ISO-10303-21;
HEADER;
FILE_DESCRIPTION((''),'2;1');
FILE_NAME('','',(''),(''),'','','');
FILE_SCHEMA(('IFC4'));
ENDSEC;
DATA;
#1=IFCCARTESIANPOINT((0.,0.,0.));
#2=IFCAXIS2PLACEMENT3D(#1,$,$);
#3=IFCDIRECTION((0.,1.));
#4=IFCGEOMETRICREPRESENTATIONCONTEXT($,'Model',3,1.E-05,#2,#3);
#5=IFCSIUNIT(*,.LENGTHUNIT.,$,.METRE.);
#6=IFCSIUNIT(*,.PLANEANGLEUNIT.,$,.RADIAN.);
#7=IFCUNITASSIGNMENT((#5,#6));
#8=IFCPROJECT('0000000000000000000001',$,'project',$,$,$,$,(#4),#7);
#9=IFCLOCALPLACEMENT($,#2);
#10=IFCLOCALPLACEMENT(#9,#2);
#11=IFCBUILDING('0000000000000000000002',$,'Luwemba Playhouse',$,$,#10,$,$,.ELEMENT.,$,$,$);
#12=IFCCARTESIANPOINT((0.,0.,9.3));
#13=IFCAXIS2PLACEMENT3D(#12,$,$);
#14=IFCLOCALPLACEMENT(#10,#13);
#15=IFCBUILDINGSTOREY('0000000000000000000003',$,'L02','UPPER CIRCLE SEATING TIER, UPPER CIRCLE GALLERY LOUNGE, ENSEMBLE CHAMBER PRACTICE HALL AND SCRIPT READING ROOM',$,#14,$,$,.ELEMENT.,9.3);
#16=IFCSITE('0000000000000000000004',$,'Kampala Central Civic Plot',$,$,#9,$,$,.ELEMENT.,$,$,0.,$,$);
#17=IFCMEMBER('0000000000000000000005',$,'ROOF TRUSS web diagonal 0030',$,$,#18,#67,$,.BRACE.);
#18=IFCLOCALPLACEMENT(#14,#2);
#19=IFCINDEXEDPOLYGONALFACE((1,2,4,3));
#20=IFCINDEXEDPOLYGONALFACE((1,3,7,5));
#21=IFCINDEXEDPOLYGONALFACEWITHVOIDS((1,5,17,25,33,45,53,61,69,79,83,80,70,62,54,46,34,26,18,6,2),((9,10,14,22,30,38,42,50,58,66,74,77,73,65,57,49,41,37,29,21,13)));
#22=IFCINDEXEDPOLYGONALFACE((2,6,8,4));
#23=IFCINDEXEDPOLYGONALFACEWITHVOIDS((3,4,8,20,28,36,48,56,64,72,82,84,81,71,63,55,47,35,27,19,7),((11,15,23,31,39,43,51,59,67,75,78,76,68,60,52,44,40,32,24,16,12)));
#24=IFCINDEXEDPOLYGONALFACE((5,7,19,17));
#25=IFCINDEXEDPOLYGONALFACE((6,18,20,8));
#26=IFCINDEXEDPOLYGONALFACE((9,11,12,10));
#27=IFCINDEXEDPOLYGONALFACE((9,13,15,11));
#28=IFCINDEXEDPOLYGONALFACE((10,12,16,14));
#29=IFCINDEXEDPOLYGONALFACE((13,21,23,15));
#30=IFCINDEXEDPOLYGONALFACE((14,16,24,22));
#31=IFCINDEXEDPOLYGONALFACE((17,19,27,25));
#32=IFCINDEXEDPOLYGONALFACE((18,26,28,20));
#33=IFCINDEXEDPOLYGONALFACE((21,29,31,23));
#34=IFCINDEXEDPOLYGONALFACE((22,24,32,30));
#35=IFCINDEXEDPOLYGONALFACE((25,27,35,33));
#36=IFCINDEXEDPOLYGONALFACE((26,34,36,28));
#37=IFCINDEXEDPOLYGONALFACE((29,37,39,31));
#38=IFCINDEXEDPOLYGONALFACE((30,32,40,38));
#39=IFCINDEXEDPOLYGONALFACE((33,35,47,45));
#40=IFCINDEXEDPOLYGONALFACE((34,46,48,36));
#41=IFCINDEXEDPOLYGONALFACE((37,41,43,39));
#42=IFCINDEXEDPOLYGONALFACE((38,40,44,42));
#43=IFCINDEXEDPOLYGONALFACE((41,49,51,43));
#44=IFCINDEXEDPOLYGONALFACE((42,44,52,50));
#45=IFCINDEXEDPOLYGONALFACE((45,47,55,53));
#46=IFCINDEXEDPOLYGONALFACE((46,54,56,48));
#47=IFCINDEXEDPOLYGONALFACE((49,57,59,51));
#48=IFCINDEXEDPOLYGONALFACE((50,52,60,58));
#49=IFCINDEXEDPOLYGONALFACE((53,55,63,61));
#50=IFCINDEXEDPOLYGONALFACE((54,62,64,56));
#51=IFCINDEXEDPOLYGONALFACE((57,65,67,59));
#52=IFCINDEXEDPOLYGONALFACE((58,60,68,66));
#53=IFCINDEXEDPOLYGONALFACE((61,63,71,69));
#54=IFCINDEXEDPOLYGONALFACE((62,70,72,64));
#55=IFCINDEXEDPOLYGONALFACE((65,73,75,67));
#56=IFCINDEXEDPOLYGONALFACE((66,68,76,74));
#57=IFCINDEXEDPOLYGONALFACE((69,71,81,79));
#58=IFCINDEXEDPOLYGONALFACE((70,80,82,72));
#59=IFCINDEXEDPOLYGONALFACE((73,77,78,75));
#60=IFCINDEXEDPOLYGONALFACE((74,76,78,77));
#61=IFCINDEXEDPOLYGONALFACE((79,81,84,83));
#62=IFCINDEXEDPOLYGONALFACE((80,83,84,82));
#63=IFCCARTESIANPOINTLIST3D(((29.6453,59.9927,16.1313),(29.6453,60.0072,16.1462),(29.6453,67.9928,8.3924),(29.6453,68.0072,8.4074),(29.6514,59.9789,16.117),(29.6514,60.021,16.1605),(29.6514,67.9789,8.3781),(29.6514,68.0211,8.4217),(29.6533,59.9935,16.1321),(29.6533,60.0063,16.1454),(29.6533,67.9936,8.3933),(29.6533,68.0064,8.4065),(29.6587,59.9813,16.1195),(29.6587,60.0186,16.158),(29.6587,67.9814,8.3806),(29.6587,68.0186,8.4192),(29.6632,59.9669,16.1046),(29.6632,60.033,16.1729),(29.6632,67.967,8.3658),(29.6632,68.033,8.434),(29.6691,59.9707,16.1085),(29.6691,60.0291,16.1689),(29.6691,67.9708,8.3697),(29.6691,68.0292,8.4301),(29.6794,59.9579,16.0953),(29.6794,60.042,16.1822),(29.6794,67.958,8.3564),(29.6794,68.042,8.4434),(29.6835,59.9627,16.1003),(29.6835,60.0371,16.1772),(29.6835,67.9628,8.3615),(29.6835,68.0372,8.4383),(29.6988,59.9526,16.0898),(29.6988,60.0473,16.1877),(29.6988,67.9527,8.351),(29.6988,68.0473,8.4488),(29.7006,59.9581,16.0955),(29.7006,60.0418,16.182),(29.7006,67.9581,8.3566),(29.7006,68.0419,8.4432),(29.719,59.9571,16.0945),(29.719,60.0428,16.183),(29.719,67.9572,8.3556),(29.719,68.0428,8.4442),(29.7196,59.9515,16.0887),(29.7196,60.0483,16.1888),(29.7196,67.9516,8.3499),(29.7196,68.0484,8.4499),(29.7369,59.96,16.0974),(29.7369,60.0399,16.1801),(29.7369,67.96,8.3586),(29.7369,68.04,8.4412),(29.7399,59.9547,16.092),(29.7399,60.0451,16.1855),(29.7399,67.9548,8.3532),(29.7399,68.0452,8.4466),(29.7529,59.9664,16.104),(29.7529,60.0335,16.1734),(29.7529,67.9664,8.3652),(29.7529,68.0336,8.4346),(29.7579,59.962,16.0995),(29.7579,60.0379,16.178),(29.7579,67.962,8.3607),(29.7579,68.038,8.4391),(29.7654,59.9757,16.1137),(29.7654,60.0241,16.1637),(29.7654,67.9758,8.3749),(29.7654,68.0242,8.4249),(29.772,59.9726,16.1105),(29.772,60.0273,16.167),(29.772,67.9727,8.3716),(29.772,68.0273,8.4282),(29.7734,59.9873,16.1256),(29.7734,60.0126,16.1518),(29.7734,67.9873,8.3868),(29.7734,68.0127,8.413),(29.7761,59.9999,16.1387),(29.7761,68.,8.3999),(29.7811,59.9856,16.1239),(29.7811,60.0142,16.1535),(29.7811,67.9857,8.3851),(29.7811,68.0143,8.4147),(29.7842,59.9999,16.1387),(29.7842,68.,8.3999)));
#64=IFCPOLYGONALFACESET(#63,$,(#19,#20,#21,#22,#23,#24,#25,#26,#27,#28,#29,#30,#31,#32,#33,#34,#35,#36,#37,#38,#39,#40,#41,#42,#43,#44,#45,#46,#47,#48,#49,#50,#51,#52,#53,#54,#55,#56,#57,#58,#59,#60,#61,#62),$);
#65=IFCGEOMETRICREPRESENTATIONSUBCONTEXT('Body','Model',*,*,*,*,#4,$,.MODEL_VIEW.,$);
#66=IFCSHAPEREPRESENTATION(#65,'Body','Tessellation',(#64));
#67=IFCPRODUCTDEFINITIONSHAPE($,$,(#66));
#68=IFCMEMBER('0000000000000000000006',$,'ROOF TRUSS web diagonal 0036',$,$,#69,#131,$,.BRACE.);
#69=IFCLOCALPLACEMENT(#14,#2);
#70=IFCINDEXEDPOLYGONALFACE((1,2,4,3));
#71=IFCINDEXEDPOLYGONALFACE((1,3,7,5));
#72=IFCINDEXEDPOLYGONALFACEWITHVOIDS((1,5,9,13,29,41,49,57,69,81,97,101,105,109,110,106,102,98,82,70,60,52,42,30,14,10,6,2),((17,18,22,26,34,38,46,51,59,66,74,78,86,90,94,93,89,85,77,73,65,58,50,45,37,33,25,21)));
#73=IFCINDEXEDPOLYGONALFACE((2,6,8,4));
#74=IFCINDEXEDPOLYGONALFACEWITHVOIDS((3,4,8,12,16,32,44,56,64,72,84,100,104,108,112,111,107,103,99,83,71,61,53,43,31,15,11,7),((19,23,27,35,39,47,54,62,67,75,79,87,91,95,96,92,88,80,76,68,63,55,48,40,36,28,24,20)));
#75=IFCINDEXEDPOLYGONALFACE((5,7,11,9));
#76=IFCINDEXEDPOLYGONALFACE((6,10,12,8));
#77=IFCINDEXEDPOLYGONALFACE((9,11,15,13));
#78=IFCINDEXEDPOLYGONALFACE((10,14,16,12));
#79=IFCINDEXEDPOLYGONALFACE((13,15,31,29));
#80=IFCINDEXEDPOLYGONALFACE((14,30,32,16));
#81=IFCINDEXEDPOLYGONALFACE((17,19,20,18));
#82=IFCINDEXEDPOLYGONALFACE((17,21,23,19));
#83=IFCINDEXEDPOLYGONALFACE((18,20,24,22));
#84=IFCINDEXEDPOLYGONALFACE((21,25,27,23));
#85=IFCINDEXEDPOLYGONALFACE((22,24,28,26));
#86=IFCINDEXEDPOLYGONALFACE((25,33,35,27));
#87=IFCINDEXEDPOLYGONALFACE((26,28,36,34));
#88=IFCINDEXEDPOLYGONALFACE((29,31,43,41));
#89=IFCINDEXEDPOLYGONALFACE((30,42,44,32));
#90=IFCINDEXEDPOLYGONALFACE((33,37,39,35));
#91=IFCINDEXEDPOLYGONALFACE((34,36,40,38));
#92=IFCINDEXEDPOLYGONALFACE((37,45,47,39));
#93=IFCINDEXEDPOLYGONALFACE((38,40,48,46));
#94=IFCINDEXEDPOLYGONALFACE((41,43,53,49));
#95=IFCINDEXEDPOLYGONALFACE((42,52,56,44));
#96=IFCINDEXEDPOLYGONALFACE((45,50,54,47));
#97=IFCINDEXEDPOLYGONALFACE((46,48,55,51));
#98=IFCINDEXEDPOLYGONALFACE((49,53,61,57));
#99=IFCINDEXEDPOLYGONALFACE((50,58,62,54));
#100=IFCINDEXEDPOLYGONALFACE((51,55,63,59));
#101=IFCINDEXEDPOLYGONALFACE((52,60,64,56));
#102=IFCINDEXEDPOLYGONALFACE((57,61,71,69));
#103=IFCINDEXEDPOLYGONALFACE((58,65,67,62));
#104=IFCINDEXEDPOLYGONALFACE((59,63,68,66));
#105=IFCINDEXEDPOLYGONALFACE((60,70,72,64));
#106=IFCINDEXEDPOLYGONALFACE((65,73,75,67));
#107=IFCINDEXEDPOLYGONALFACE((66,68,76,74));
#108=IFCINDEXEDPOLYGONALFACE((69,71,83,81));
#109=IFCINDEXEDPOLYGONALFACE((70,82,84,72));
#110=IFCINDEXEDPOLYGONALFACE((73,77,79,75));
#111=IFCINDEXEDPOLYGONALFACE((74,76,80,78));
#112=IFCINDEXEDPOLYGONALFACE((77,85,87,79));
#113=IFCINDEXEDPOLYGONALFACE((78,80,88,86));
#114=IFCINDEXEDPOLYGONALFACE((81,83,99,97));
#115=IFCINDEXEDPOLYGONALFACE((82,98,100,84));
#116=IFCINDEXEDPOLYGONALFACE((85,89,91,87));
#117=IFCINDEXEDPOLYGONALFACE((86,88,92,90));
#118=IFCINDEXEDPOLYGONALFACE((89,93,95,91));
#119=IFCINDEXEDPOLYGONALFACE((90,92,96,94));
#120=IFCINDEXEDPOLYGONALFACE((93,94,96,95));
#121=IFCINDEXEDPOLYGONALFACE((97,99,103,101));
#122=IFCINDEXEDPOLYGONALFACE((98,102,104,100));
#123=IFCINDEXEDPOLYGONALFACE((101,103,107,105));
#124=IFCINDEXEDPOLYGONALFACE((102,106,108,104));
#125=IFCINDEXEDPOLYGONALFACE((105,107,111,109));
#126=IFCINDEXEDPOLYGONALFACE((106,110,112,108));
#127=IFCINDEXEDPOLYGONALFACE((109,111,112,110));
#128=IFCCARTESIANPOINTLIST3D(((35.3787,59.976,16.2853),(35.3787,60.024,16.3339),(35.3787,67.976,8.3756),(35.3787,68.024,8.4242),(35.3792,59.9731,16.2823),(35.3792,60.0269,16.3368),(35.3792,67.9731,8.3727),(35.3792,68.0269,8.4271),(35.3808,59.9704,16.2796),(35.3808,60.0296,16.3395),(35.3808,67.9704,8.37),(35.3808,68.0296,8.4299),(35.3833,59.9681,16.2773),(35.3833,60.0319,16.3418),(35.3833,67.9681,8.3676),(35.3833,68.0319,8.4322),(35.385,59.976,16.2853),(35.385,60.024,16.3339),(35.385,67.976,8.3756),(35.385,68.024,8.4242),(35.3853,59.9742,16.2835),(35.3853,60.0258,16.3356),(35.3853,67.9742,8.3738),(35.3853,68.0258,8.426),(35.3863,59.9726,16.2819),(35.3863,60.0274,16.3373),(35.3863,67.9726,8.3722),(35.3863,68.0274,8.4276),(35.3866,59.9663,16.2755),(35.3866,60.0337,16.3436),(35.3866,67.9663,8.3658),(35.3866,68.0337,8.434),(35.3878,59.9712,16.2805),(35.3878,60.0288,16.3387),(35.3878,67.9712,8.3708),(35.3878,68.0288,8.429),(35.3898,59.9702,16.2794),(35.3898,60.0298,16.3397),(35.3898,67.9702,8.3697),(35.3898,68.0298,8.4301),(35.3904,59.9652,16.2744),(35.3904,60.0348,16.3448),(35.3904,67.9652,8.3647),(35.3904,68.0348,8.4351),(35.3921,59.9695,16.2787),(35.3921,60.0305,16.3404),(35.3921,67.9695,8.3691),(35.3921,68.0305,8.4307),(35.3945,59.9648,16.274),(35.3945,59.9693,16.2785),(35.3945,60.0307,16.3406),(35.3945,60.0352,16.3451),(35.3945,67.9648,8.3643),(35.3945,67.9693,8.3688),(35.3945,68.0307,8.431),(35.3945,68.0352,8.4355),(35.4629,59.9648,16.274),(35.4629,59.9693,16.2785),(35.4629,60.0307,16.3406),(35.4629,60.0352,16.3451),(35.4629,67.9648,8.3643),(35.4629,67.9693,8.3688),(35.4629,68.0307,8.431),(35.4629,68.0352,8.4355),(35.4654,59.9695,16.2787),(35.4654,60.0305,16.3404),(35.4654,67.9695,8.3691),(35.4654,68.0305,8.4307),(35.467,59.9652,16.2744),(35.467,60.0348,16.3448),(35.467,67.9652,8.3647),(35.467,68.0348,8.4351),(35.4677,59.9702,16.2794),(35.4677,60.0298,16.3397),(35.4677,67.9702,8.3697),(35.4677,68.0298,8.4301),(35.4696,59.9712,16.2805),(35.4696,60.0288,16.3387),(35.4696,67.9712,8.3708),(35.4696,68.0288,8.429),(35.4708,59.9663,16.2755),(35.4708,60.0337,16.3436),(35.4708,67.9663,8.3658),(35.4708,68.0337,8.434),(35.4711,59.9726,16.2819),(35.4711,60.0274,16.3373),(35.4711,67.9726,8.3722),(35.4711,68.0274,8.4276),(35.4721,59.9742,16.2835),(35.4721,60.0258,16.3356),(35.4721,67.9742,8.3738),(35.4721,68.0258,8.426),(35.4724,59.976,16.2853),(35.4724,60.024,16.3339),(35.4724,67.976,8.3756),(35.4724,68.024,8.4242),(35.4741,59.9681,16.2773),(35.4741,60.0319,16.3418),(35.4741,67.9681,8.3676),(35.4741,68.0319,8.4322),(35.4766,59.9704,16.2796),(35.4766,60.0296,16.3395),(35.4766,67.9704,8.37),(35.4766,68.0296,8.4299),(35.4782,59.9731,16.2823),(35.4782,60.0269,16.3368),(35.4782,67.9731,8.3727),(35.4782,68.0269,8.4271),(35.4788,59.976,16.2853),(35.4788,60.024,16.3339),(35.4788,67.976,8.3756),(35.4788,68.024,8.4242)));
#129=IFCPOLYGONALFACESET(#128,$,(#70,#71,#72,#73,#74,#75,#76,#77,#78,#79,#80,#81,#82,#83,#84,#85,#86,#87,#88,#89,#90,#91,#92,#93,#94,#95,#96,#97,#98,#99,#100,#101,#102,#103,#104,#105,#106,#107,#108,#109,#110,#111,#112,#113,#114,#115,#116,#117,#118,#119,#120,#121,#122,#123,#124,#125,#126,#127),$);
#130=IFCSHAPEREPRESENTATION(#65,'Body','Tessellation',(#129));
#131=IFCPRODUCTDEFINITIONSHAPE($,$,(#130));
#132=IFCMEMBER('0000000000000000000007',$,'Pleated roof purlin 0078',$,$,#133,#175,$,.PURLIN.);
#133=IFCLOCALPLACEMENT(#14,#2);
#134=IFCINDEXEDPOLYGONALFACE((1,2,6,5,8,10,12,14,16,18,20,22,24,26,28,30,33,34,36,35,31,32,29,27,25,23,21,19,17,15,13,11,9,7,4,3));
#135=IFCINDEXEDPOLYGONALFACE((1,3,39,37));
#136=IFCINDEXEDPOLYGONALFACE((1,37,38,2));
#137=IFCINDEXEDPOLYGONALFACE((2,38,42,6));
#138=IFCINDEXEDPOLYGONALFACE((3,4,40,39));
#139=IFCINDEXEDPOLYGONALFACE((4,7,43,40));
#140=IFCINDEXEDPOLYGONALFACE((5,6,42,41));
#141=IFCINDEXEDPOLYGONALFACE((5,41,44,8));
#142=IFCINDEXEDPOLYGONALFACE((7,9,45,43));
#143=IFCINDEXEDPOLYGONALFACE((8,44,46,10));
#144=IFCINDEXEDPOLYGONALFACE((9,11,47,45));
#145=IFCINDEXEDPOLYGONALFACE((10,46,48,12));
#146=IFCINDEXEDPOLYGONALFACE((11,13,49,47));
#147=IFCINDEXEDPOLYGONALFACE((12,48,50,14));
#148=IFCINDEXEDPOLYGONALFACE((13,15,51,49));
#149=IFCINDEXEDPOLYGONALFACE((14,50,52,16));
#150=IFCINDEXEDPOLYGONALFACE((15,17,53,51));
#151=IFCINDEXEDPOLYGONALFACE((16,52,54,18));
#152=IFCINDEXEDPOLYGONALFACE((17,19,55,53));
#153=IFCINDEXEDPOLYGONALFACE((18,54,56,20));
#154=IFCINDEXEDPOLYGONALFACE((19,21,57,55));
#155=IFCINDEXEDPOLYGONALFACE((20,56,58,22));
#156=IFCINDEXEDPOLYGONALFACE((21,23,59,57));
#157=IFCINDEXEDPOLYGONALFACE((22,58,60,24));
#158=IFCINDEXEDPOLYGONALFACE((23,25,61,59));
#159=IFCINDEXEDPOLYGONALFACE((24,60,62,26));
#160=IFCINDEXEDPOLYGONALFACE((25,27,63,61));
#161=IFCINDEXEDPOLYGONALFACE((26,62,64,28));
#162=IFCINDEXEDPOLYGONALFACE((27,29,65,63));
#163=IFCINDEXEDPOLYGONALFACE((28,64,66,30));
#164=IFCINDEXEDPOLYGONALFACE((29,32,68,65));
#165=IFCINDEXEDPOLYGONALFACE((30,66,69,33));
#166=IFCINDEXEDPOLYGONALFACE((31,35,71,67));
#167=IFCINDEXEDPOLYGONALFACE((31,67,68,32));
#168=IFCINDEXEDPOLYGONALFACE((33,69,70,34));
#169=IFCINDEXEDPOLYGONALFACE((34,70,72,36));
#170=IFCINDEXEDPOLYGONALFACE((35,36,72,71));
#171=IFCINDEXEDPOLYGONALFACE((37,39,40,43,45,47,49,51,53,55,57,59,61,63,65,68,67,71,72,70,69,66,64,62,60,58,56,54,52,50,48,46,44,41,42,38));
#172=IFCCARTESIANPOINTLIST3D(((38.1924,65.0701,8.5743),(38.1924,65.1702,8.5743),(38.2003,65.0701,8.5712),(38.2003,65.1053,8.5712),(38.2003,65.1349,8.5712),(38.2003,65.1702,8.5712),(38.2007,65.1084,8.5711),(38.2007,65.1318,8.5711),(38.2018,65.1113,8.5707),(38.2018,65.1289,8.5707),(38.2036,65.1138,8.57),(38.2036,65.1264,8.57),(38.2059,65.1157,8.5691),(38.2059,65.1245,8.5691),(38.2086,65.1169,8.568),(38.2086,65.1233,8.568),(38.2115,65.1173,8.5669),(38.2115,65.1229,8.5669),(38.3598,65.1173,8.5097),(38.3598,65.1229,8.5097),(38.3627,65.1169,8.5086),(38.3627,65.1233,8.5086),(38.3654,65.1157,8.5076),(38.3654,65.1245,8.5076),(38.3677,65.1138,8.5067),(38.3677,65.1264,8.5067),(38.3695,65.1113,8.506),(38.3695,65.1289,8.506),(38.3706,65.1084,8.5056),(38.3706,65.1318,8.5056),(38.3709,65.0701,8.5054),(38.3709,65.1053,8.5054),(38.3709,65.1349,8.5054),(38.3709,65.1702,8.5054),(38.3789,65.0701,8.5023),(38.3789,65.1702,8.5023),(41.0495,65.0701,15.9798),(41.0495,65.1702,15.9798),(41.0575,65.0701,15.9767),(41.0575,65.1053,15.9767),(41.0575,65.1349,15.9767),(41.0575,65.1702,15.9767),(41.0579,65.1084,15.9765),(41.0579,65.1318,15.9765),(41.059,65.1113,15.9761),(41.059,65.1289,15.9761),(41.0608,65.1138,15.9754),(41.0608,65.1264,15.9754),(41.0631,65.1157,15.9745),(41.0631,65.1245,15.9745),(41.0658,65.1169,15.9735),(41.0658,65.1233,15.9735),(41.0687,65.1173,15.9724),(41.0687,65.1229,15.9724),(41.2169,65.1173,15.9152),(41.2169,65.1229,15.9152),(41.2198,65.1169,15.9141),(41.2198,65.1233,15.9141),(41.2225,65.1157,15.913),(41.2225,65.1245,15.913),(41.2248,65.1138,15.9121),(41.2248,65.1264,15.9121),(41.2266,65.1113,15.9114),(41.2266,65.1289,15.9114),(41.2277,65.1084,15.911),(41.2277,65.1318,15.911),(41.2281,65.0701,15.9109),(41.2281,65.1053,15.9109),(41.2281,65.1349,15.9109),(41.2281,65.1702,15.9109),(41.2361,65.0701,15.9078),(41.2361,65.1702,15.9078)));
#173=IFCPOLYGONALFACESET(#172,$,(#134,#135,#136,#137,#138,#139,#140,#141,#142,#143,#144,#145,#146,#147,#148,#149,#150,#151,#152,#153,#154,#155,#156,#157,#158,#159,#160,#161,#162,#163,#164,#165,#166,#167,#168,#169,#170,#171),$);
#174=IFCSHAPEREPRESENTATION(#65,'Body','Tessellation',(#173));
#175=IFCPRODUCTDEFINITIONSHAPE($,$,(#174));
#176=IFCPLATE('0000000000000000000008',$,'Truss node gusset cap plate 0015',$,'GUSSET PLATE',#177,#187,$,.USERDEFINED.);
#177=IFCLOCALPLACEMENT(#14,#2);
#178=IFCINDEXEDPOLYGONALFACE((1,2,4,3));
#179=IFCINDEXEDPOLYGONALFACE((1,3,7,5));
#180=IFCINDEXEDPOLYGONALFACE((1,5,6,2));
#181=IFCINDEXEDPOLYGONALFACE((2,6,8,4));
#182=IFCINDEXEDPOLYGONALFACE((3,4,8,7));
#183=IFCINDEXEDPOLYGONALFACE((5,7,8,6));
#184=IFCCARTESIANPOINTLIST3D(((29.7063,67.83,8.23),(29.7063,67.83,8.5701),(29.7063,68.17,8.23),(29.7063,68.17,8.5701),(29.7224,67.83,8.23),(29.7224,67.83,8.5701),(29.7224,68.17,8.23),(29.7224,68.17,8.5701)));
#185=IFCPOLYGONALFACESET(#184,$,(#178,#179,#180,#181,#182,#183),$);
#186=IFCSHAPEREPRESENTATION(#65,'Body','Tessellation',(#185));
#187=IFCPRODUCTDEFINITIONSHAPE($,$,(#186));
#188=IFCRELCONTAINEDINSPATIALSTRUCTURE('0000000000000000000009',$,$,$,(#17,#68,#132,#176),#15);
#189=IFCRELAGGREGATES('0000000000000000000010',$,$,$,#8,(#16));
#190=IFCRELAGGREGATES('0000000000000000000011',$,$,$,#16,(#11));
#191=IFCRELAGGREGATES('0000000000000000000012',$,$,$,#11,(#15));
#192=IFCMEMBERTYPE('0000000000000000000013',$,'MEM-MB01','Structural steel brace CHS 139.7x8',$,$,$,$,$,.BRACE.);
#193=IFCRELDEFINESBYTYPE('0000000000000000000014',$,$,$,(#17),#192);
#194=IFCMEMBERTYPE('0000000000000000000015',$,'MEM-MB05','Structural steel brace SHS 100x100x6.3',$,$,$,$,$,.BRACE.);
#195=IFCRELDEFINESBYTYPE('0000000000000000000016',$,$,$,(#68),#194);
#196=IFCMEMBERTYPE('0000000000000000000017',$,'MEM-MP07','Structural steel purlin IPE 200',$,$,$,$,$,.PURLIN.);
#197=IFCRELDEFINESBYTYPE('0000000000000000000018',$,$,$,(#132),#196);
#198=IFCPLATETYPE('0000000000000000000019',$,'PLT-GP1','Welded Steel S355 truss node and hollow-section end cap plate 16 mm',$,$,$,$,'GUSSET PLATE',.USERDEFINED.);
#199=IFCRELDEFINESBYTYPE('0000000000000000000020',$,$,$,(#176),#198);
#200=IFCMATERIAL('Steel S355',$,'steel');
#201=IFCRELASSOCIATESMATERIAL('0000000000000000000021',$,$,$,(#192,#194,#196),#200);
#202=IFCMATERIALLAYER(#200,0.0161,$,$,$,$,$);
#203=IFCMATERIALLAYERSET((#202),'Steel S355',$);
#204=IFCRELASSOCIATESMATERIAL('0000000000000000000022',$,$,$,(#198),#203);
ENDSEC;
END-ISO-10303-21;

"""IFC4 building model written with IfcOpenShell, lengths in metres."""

from ifc_helpers import new_model, si_unit, direction, frame, origin, origin_2d, place, context, subcontext, project, spatial, rectangle, hollow_rectangle, hollow_circle, i_section, extrude, material, layer, layer_set, material_profile, profile_set, type_object, element, save


model = new_model("IFC4")

# Units and contexts
model_context = context("Model", 3, precision=1e-05, world=origin(), true_north=direction((0.0, 1.0)))
body_context = subcontext(model_context, "Body", "Model", "MODEL_VIEW")
ifc_project = project(units=[si_unit("LENGTHUNIT", "METRE"), si_unit("PLANEANGLEUNIT", "RADIAN")], contexts=[model_context])

# Site, building, storey
site_placement = place(None, origin())
site = spatial("IfcSite", under=ifc_project, at=site_placement, Name="Kampala Central Civic Plot", CompositionType="ELEMENT", RefElevation=0.0)
building_placement = place(site_placement, origin())
building = spatial("IfcBuilding", under=site, at=building_placement, Name="Luwemba Playhouse", CompositionType="ELEMENT")
storey_placement = place(building_placement, frame((0.0, 0.0, 9.3)))
storey = spatial("IfcBuildingStorey", under=building, at=storey_placement, Name="L02", Description="UPPER CIRCLE SEATING TIER, UPPER CIRCLE GALLERY LOUNGE, ENSEMBLE CHAMBER PRACTICE HALL AND SCRIPT READING ROOM", CompositionType="ELEMENT", Elevation=9.3)

# Shared definitions
ifc_material_1 = material(Name="Steel S355", Category="steel")

# Members
ifc_material_profile_1 = material_profile(ifc_material_1, hollow_circle(Radius=0.0698, WallThickness=0.0081, at=origin_2d()))
ifc_profile_set_1 = profile_set([ifc_material_profile_1], Name="Steel S355")
member_type_1 = type_object("IfcMemberType", Name="MEM-MB01", Description="Structural steel brace CHS 139.7x8", PredefinedType="BRACE", material=ifc_profile_set_1)
member_1_placement = place(storey_placement, frame((29.7144, 68.0, 8.3999), z_axis=(0.0, -0.718744, 0.695275), x_axis=(1.0, 0.0, 0.0)))
element("IfcMember", 1, at=member_1_placement, inside=storey, type_object=member_type_1, Name="ROOF TRUSS web diagonal 0030", PredefinedType="BRACE", context=body_context, shape_type="SweptSolid", body=[
    extrude(hollow_circle(Radius=0.0698, WallThickness=0.0081, at=origin_2d()), origin(), (0.0, 0.0, 1.0), 11.1306),
])
ifc_material_profile_2 = material_profile(ifc_material_1, hollow_rectangle(XDim=0.1001, YDim=0.1001, WallThickness=0.0063, InnerFilletRadius=0.0095, OuterFilletRadius=0.0159, at=origin_2d()))
ifc_profile_set_2 = profile_set([ifc_material_profile_2], Name="Steel S355")
member_type_2 = type_object("IfcMemberType", Name="MEM-MB05", Description="Structural steel brace SHS 100x100x6.3", PredefinedType="BRACE", material=ifc_profile_set_2)
member_2_placement = place(storey_placement, frame((35.4287, 68.0, 8.3999), z_axis=(0.0, -0.71111, 0.703081), x_axis=(1.0, 0.0, 0.0)))
element("IfcMember", 2, at=member_2_placement, inside=storey, type_object=member_type_2, Name="ROOF TRUSS web diagonal 0036", PredefinedType="BRACE", context=body_context, shape_type="SweptSolid", body=[
    extrude(hollow_rectangle(XDim=0.1001, YDim=0.1001, WallThickness=0.0063, InnerFilletRadius=0.0095, OuterFilletRadius=0.0159, at=origin_2d()), origin(), (0.0, 0.0, 1.0), 11.25),
])
ifc_material_profile_3 = material_profile(ifc_material_1, i_section(OverallWidth=0.1001, OverallDepth=0.2, WebThickness=0.0056, FlangeThickness=0.0085, FilletRadius=0.012, at=origin_2d()))
ifc_profile_set_3 = profile_set([ifc_material_profile_3], Name="Steel S355")
member_type_3 = type_object("IfcMemberType", Name="MEM-MP07", Description="Structural steel purlin IPE 200", PredefinedType="PURLIN", material=ifc_profile_set_3)
member_3_placement = place(storey_placement, frame((38.2856, 65.1201, 8.5383), z_axis=(0.359956, 0.0, 0.932969), x_axis=(0.0, 1.0, 0.0)))
element("IfcMember", 3, at=member_3_placement, inside=storey, type_object=member_type_3, Name="Pleated roof purlin 0078", PredefinedType="PURLIN", context=body_context, shape_type="SweptSolid", body=[
    extrude(i_section(OverallWidth=0.1001, OverallDepth=0.2, WebThickness=0.0056, FlangeThickness=0.0085, FilletRadius=0.012, at=origin_2d()), origin(), (0.0, 0.0, 1.0), 7.9375),
])

# Plate
ifc_layer_1 = layer(ifc_material_1, 0.0161)
ifc_layer_set_1 = layer_set([ifc_layer_1], Name="Steel S355")
plate_type = type_object("IfcPlateType", Name="PLT-GP1", Description="Welded Steel S355 truss node and hollow-section end cap plate 16 mm", ElementType="GUSSET PLATE", PredefinedType="USERDEFINED", material=ifc_layer_set_1)
for number, where, z_axis, x_axis, name in (
    (4, (29.7144, 68.0, 8.23), (0.0, 0.0, 1.0), (1.0, 0.0, 0.0), "Truss node gusset cap plate 0015"),
):
    element("IfcPlate", number, at=place(storey_placement, frame(where, z_axis=z_axis, x_axis=x_axis)), inside=storey, type_object=plate_type, Name=name, ObjectType="GUSSET PLATE", PredefinedType="USERDEFINED", context=body_context, shape_type="SweptSolid", body=[
        extrude(rectangle(XDim=0.0161, YDim=0.3401, at=origin_2d()), origin(), (0.0, 0.0, 1.0), 0.3401),
    ])

save(model, "model.ifc")
